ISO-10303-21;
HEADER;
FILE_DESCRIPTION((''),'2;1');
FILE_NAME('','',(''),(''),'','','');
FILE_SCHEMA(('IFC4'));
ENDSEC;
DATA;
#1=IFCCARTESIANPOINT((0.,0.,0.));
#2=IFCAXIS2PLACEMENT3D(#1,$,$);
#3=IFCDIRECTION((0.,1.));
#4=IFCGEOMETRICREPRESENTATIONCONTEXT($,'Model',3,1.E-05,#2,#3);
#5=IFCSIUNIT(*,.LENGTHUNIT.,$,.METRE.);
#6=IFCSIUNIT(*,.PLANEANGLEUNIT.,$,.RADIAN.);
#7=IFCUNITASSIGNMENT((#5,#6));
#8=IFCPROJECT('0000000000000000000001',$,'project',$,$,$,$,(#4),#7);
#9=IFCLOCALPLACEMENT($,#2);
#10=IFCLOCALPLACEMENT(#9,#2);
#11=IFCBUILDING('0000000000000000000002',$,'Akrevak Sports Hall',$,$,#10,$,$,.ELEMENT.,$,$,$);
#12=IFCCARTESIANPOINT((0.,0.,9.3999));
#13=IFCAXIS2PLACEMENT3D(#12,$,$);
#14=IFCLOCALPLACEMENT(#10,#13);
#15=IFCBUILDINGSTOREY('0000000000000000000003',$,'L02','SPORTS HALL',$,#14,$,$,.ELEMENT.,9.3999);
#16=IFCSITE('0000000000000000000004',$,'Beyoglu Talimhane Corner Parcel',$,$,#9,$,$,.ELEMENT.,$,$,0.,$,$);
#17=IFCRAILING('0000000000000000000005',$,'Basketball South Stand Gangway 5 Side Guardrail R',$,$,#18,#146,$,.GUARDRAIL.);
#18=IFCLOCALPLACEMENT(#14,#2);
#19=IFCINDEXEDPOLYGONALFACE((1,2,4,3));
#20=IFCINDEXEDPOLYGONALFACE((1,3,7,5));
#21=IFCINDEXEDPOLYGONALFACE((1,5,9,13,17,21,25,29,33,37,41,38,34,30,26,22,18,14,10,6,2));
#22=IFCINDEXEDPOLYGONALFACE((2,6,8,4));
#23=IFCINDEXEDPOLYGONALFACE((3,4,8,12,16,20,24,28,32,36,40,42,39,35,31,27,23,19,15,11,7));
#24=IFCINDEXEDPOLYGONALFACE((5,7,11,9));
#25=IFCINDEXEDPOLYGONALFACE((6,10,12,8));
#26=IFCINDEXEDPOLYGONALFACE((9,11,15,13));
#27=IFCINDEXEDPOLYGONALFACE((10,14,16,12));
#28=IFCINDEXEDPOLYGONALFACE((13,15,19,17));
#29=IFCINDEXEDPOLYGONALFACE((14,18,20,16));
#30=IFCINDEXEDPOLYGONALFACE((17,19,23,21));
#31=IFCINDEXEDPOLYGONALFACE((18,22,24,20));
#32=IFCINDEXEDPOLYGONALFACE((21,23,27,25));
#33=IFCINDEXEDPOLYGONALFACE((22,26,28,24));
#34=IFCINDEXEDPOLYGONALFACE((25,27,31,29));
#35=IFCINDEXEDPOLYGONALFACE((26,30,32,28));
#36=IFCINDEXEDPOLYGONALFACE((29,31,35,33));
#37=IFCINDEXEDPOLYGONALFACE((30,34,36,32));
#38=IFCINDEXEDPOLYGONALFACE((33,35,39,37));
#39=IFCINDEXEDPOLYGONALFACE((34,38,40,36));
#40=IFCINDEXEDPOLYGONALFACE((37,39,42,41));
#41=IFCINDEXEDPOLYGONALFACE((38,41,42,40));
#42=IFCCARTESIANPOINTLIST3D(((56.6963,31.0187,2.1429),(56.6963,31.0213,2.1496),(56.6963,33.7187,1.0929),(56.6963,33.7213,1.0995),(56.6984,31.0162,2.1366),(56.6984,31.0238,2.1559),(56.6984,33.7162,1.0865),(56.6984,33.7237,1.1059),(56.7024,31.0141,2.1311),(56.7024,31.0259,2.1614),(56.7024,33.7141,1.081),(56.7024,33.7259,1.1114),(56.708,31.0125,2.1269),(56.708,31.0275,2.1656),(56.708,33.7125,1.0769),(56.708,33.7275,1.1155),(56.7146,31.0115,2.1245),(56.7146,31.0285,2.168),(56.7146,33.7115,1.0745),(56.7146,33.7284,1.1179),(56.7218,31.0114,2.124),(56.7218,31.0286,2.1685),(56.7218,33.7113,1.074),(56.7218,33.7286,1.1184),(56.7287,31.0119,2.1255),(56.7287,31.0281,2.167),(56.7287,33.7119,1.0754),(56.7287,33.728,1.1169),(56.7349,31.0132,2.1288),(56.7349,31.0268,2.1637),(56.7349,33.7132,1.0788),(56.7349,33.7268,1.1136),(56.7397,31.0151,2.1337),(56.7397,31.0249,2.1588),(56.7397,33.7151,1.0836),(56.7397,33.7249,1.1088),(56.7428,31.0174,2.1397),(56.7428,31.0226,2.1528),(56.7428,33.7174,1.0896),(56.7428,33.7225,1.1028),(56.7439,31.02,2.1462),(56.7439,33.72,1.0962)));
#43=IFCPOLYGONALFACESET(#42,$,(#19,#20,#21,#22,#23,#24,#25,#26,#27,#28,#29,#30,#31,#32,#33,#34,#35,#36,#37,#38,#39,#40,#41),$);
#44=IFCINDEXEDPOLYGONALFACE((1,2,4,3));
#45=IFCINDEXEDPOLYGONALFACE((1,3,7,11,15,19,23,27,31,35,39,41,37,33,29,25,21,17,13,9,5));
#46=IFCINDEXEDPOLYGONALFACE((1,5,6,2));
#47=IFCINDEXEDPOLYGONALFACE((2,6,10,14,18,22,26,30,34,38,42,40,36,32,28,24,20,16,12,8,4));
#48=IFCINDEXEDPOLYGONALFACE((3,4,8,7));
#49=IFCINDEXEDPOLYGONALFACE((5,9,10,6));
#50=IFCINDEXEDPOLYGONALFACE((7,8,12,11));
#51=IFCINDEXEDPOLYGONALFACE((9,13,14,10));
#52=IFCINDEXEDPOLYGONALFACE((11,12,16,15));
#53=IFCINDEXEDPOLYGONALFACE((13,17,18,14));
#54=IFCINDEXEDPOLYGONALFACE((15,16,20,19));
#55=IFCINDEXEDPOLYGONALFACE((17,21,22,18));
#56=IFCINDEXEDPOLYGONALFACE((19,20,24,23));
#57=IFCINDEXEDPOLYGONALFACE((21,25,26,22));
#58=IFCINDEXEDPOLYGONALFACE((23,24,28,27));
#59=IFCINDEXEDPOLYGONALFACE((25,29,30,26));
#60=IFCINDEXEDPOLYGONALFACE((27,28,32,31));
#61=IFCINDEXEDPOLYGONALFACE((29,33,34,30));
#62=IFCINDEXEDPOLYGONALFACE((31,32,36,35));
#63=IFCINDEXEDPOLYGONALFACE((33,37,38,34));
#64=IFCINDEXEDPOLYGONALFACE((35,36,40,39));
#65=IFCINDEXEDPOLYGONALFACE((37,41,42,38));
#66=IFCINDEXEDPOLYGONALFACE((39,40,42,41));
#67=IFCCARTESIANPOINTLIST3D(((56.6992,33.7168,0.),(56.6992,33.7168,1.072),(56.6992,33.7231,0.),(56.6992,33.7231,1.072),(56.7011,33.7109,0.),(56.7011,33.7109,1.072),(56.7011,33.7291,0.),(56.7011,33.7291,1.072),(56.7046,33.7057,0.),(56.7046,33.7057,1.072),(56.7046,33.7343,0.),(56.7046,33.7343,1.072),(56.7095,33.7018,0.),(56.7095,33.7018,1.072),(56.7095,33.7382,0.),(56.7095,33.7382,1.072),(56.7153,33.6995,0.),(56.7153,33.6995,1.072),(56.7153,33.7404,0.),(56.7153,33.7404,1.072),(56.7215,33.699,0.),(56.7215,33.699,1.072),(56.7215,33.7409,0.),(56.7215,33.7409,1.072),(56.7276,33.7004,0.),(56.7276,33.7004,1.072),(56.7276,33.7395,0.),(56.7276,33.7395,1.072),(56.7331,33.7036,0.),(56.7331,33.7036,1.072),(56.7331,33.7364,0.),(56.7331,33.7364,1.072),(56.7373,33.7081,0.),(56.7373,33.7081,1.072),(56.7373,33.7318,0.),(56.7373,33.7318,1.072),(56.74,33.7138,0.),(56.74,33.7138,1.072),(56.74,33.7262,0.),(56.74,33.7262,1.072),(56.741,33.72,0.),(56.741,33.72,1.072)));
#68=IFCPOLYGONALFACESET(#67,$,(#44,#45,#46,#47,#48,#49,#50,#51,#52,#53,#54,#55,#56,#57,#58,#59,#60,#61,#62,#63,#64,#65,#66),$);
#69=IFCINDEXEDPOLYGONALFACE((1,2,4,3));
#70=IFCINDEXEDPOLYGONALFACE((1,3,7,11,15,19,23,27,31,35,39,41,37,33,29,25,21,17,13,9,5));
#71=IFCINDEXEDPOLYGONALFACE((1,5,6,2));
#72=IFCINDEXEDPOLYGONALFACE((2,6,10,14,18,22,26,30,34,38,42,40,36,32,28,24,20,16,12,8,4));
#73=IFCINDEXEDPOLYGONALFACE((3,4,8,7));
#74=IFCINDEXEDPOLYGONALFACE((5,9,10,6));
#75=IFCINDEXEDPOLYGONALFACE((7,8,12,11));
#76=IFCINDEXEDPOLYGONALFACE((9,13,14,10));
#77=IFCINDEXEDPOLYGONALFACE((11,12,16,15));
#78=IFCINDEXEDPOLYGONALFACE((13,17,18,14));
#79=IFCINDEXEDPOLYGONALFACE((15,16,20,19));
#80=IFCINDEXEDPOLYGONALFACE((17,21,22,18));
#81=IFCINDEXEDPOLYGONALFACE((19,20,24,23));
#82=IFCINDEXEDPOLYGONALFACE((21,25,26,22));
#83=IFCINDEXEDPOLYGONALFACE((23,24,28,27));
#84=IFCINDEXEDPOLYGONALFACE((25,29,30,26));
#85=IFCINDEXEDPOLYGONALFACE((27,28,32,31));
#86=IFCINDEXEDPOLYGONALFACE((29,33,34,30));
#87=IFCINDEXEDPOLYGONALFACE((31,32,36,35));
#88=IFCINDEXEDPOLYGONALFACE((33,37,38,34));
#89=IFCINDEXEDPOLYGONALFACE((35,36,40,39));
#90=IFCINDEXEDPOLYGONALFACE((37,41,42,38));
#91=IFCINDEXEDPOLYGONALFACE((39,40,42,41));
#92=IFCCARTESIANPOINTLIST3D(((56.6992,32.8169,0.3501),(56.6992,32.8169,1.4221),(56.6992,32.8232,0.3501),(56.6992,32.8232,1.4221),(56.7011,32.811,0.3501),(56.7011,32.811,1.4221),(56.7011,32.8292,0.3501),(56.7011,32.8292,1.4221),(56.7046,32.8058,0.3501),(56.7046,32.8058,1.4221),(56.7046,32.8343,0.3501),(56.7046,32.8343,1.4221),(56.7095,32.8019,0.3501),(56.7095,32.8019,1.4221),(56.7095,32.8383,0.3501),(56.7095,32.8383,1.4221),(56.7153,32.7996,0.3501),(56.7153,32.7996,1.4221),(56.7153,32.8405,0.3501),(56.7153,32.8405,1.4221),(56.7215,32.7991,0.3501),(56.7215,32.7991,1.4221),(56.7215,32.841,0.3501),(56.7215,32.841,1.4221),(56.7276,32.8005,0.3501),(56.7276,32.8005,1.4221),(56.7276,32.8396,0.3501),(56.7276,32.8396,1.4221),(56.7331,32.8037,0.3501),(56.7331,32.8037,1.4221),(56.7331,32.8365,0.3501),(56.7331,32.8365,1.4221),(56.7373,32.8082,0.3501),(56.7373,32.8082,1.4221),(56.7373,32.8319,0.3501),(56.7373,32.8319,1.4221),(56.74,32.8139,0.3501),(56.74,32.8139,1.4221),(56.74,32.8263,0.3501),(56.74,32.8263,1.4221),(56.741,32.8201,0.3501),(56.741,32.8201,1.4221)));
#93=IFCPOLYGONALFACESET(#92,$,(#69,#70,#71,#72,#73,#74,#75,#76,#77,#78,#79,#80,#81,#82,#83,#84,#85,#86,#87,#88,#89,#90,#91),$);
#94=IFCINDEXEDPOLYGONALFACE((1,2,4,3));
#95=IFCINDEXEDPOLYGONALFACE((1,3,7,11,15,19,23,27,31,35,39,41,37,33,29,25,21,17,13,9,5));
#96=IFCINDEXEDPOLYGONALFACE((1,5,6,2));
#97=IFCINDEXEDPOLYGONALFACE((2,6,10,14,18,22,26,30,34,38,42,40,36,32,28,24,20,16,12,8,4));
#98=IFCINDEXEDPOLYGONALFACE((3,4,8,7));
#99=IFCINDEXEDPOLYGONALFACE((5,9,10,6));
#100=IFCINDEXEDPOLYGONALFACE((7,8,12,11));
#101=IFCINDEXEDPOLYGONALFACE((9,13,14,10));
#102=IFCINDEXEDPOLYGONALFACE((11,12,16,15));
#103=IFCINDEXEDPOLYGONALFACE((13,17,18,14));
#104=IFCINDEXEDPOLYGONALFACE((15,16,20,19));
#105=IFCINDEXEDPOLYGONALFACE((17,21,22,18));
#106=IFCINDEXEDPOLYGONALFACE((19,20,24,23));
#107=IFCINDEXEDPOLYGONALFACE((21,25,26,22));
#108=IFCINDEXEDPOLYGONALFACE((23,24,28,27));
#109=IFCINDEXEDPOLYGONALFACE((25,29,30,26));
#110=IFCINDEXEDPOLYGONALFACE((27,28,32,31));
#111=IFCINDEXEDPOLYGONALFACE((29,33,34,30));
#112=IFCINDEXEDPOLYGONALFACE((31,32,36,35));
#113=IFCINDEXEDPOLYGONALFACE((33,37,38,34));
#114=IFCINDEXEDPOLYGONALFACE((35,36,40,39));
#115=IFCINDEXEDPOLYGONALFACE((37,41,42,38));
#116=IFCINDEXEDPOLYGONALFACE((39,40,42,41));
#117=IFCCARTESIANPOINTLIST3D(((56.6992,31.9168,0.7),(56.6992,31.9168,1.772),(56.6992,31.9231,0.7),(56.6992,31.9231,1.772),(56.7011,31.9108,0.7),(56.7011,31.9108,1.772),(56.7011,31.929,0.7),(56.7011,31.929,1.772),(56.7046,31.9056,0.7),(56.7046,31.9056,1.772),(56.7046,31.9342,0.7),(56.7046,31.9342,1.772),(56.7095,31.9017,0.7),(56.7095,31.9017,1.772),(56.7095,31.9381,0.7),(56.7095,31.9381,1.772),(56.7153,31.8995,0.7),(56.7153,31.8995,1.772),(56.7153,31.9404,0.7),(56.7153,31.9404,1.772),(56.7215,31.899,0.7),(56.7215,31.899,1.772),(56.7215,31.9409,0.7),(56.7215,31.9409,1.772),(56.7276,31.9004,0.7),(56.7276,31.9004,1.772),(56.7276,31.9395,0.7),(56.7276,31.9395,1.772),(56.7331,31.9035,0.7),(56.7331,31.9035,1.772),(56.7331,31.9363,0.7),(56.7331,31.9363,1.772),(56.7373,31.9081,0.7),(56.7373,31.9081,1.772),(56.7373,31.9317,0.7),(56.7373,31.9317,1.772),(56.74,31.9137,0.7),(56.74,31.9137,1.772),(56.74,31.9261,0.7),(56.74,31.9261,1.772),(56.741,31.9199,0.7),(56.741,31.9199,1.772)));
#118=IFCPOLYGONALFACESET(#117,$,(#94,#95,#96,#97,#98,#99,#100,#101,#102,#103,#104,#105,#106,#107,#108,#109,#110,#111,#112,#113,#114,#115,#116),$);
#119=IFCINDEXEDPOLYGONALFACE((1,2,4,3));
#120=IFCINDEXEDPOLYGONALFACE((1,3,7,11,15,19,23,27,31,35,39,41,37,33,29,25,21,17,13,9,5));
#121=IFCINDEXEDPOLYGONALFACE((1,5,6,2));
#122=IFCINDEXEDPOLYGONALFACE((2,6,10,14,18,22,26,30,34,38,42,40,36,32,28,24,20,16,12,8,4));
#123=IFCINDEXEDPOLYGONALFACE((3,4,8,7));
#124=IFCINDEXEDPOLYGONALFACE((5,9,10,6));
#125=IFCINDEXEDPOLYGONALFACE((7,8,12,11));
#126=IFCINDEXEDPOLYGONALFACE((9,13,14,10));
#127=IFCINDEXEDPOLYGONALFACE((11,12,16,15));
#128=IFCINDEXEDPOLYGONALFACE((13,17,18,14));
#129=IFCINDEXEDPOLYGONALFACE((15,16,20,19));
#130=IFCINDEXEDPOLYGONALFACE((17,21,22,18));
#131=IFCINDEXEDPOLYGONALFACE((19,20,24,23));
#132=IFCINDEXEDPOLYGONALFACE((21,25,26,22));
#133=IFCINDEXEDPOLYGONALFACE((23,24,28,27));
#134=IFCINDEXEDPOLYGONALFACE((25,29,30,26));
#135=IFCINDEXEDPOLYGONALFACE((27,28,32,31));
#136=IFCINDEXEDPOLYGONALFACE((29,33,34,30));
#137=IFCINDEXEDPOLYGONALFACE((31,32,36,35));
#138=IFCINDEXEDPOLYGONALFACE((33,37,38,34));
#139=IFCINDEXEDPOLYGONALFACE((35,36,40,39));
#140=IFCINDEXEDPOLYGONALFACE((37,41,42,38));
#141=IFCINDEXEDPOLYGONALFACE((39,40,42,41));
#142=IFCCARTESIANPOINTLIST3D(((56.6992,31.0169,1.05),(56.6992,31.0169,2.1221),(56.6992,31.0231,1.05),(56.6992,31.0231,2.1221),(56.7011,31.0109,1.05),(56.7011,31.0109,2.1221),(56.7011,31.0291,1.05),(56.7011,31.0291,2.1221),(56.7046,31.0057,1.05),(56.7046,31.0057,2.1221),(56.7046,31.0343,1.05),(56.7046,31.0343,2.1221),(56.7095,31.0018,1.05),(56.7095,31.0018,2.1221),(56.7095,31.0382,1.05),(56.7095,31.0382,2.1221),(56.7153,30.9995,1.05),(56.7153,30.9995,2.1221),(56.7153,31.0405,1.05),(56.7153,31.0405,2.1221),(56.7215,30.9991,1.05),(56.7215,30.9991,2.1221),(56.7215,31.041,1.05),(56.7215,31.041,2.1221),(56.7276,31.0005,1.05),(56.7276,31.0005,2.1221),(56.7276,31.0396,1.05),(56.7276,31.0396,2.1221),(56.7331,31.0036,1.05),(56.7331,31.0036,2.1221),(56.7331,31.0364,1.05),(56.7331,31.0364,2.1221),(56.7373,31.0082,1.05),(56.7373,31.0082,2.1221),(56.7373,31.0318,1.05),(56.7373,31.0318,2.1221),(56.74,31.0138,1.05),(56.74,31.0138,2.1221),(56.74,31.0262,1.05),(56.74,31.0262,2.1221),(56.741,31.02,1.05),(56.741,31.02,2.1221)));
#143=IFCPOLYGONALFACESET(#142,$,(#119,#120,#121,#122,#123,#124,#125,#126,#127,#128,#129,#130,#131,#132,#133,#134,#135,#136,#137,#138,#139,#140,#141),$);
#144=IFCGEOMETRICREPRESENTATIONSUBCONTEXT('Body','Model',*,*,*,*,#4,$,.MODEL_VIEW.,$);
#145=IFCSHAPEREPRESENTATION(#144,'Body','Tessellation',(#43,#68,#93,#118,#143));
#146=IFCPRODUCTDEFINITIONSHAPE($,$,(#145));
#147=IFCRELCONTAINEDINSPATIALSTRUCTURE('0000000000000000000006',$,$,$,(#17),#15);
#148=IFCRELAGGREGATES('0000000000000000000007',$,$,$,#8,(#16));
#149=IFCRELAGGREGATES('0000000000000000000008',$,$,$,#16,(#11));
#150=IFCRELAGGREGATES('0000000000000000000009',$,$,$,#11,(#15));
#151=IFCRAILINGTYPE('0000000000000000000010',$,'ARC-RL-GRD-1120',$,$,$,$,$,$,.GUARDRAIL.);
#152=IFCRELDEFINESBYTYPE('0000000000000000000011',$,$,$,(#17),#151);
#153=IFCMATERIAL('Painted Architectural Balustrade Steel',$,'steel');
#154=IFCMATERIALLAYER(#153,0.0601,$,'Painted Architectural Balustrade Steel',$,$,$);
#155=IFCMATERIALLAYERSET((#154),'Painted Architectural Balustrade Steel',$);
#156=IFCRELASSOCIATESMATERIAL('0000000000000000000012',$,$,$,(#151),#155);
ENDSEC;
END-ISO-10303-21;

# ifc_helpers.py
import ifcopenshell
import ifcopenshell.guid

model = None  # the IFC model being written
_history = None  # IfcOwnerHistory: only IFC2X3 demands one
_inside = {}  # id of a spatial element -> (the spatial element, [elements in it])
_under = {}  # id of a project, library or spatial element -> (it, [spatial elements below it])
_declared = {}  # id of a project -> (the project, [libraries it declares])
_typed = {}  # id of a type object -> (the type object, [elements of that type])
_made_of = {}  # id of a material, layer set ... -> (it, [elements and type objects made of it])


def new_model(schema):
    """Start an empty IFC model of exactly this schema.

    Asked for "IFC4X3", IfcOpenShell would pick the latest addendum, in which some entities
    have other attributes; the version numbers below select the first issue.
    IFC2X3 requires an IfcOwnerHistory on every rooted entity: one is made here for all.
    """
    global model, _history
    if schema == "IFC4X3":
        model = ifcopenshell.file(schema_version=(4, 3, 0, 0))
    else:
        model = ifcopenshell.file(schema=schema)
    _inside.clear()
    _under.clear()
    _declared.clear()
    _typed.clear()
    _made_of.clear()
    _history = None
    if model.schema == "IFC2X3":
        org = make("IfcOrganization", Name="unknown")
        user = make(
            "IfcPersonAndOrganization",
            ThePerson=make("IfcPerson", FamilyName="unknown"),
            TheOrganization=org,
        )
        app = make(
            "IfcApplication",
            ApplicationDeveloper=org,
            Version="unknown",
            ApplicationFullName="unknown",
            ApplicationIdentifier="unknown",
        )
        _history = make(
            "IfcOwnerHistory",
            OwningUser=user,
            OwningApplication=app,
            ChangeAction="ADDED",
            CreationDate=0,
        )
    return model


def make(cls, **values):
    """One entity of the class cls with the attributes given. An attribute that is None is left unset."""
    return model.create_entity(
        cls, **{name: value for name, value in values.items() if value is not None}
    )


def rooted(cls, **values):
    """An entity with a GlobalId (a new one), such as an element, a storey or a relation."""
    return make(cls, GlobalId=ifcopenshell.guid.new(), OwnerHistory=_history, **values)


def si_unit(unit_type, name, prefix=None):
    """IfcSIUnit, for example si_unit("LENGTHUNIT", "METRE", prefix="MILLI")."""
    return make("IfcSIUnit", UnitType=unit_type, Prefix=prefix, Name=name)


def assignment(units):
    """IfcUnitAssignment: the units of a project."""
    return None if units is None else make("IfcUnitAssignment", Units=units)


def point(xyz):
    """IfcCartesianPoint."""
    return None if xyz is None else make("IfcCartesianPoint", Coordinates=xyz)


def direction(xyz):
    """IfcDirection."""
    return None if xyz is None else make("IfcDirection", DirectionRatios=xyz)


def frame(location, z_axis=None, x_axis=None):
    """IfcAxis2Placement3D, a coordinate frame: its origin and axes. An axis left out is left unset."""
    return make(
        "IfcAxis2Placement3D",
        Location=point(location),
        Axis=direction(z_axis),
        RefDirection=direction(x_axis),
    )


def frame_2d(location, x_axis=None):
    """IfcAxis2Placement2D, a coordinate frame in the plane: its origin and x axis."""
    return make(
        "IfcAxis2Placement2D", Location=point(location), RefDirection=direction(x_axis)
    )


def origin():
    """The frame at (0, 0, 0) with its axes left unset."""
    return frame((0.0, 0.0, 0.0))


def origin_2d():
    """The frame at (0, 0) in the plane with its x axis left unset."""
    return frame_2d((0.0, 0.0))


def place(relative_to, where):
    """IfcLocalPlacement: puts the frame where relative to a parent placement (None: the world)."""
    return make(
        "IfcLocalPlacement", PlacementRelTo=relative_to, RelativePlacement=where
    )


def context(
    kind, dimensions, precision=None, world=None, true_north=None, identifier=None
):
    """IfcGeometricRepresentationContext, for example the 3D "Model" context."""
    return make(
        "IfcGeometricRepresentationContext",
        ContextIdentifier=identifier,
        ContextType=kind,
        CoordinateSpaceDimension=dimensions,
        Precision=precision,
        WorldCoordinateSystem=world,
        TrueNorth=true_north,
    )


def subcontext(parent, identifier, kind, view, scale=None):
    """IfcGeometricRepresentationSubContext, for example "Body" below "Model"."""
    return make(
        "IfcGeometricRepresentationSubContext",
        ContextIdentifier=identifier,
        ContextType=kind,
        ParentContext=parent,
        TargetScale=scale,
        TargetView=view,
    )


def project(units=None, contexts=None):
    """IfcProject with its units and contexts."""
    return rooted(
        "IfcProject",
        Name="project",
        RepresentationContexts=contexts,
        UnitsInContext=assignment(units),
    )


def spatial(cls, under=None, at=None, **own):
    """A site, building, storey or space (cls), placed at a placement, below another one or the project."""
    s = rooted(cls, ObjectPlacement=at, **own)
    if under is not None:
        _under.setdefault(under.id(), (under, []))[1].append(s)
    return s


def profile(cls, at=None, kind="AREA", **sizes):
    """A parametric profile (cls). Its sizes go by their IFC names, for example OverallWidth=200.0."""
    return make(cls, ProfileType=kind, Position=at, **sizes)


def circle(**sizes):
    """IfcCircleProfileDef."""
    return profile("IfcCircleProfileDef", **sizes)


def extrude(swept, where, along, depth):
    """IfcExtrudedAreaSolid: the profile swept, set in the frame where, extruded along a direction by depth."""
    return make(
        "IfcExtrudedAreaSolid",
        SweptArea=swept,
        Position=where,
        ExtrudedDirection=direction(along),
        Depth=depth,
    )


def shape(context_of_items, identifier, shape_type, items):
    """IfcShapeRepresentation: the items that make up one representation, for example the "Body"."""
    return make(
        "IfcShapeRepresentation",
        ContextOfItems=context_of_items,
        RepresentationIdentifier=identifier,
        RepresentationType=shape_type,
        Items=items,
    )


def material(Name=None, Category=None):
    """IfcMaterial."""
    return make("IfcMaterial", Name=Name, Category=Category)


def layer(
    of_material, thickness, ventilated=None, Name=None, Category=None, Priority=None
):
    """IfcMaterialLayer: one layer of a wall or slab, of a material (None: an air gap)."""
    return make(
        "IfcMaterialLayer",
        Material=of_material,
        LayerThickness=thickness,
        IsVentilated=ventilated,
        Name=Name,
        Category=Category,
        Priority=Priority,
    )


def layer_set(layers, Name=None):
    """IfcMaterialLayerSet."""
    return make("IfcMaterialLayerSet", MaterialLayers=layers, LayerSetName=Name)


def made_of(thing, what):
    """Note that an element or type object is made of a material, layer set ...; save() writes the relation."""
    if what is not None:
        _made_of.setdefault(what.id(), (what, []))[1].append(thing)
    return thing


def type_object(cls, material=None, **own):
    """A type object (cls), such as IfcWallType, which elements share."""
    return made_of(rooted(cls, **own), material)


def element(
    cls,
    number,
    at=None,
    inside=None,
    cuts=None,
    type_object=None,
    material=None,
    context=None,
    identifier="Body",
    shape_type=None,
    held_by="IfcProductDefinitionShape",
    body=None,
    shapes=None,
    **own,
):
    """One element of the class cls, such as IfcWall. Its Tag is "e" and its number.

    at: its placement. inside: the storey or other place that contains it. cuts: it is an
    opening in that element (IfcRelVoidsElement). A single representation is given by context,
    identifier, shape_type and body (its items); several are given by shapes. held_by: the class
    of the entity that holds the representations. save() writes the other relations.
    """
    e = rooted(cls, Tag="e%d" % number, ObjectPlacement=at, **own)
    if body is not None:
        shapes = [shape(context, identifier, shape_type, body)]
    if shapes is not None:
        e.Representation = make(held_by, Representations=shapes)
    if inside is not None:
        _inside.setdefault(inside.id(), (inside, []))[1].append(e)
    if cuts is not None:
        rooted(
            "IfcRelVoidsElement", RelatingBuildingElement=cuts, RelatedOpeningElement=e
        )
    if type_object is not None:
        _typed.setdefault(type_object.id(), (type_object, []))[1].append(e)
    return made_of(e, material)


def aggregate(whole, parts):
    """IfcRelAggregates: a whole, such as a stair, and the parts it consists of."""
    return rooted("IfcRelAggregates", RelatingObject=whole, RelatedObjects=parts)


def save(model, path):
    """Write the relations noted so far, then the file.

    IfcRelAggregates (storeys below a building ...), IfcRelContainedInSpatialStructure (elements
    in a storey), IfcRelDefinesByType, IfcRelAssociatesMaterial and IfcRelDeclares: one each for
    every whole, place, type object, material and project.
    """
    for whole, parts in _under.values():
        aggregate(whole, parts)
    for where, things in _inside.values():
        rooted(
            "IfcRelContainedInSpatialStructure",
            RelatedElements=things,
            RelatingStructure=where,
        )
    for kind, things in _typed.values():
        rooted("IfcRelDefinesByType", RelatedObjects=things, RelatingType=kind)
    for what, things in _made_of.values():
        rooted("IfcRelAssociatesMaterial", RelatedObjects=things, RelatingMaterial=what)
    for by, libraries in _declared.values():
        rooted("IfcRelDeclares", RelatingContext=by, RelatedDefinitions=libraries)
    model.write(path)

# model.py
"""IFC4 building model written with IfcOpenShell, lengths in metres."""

from ifc_helpers import new_model, si_unit, direction, frame, origin, origin_2d, place, context, subcontext, project, spatial, circle, extrude, material, layer, layer_set, type_object, element, save


model = new_model("IFC4")

# Units and contexts
model_context = context("Model", 3, precision=1e-05, world=origin(), true_north=direction((0.0, 1.0)))
body_context = subcontext(model_context, "Body", "Model", "MODEL_VIEW")
ifc_project = project(units=[si_unit("LENGTHUNIT", "METRE"), si_unit("PLANEANGLEUNIT", "RADIAN")], contexts=[model_context])

# Site, building, storey
site_placement = place(None, origin())
site = spatial("IfcSite", under=ifc_project, at=site_placement, Name="Beyoglu Talimhane Corner Parcel", CompositionType="ELEMENT", RefElevation=0.0)
building_placement = place(site_placement, origin())
building = spatial("IfcBuilding", under=site, at=building_placement, Name="Akrevak Sports Hall", CompositionType="ELEMENT")
storey_placement = place(building_placement, frame((0.0, 0.0, 9.3999)))
storey = spatial("IfcBuildingStorey", under=building, at=storey_placement, Name="L02", Description="SPORTS HALL", CompositionType="ELEMENT", Elevation=9.3999)

# Railing
ifc_material_1 = material(Name="Painted Architectural Balustrade Steel", Category="steel")
ifc_layer_1 = layer(ifc_material_1, 0.0601, Name="Painted Architectural Balustrade Steel")
ifc_layer_set_1 = layer_set([ifc_layer_1], Name="Painted Architectural Balustrade Steel")
railing_type_1 = type_object("IfcRailingType", Name="ARC-RL-GRD-1120", PredefinedType="GUARDRAIL", material=ifc_layer_set_1)
for number, where, name in (
    (1, (56.72, 33.72, 0.0), "Basketball South Stand Gangway 5 Side Guardrail R"),
):
    element("IfcRailing", number, at=place(storey_placement, frame(where)), inside=storey, type_object=railing_type_1, Name=name, PredefinedType="GUARDRAIL", context=body_context, shape_type="SweptSolid", body=[
        extrude(circle(Radius=0.0239, at=origin_2d()), frame((0.0, 0.0, 1.0962), z_axis=(0.0, -0.931997, 0.362467), x_axis=(1.0, 0.0, 0.0)), (0.0, 0.0, 1.0), 2.897),
        extrude(circle(Radius=0.021, at=origin_2d()), origin(), (0.0, 0.0, 1.0), 1.072),
        extrude(circle(Radius=0.021, at=origin_2d()), frame((0.0, -0.8999, 0.3501)), (0.0, 0.0, 1.0), 1.072),
        extrude(circle(Radius=0.021, at=origin_2d()), frame((0.0, -1.8, 0.7)), (0.0, 0.0, 1.0), 1.072),
        extrude(circle(Radius=0.021, at=origin_2d()), frame((0.0, -2.7, 1.05)), (0.0, 0.0, 1.0), 1.072),
    ])

save(model, "model.ifc")
